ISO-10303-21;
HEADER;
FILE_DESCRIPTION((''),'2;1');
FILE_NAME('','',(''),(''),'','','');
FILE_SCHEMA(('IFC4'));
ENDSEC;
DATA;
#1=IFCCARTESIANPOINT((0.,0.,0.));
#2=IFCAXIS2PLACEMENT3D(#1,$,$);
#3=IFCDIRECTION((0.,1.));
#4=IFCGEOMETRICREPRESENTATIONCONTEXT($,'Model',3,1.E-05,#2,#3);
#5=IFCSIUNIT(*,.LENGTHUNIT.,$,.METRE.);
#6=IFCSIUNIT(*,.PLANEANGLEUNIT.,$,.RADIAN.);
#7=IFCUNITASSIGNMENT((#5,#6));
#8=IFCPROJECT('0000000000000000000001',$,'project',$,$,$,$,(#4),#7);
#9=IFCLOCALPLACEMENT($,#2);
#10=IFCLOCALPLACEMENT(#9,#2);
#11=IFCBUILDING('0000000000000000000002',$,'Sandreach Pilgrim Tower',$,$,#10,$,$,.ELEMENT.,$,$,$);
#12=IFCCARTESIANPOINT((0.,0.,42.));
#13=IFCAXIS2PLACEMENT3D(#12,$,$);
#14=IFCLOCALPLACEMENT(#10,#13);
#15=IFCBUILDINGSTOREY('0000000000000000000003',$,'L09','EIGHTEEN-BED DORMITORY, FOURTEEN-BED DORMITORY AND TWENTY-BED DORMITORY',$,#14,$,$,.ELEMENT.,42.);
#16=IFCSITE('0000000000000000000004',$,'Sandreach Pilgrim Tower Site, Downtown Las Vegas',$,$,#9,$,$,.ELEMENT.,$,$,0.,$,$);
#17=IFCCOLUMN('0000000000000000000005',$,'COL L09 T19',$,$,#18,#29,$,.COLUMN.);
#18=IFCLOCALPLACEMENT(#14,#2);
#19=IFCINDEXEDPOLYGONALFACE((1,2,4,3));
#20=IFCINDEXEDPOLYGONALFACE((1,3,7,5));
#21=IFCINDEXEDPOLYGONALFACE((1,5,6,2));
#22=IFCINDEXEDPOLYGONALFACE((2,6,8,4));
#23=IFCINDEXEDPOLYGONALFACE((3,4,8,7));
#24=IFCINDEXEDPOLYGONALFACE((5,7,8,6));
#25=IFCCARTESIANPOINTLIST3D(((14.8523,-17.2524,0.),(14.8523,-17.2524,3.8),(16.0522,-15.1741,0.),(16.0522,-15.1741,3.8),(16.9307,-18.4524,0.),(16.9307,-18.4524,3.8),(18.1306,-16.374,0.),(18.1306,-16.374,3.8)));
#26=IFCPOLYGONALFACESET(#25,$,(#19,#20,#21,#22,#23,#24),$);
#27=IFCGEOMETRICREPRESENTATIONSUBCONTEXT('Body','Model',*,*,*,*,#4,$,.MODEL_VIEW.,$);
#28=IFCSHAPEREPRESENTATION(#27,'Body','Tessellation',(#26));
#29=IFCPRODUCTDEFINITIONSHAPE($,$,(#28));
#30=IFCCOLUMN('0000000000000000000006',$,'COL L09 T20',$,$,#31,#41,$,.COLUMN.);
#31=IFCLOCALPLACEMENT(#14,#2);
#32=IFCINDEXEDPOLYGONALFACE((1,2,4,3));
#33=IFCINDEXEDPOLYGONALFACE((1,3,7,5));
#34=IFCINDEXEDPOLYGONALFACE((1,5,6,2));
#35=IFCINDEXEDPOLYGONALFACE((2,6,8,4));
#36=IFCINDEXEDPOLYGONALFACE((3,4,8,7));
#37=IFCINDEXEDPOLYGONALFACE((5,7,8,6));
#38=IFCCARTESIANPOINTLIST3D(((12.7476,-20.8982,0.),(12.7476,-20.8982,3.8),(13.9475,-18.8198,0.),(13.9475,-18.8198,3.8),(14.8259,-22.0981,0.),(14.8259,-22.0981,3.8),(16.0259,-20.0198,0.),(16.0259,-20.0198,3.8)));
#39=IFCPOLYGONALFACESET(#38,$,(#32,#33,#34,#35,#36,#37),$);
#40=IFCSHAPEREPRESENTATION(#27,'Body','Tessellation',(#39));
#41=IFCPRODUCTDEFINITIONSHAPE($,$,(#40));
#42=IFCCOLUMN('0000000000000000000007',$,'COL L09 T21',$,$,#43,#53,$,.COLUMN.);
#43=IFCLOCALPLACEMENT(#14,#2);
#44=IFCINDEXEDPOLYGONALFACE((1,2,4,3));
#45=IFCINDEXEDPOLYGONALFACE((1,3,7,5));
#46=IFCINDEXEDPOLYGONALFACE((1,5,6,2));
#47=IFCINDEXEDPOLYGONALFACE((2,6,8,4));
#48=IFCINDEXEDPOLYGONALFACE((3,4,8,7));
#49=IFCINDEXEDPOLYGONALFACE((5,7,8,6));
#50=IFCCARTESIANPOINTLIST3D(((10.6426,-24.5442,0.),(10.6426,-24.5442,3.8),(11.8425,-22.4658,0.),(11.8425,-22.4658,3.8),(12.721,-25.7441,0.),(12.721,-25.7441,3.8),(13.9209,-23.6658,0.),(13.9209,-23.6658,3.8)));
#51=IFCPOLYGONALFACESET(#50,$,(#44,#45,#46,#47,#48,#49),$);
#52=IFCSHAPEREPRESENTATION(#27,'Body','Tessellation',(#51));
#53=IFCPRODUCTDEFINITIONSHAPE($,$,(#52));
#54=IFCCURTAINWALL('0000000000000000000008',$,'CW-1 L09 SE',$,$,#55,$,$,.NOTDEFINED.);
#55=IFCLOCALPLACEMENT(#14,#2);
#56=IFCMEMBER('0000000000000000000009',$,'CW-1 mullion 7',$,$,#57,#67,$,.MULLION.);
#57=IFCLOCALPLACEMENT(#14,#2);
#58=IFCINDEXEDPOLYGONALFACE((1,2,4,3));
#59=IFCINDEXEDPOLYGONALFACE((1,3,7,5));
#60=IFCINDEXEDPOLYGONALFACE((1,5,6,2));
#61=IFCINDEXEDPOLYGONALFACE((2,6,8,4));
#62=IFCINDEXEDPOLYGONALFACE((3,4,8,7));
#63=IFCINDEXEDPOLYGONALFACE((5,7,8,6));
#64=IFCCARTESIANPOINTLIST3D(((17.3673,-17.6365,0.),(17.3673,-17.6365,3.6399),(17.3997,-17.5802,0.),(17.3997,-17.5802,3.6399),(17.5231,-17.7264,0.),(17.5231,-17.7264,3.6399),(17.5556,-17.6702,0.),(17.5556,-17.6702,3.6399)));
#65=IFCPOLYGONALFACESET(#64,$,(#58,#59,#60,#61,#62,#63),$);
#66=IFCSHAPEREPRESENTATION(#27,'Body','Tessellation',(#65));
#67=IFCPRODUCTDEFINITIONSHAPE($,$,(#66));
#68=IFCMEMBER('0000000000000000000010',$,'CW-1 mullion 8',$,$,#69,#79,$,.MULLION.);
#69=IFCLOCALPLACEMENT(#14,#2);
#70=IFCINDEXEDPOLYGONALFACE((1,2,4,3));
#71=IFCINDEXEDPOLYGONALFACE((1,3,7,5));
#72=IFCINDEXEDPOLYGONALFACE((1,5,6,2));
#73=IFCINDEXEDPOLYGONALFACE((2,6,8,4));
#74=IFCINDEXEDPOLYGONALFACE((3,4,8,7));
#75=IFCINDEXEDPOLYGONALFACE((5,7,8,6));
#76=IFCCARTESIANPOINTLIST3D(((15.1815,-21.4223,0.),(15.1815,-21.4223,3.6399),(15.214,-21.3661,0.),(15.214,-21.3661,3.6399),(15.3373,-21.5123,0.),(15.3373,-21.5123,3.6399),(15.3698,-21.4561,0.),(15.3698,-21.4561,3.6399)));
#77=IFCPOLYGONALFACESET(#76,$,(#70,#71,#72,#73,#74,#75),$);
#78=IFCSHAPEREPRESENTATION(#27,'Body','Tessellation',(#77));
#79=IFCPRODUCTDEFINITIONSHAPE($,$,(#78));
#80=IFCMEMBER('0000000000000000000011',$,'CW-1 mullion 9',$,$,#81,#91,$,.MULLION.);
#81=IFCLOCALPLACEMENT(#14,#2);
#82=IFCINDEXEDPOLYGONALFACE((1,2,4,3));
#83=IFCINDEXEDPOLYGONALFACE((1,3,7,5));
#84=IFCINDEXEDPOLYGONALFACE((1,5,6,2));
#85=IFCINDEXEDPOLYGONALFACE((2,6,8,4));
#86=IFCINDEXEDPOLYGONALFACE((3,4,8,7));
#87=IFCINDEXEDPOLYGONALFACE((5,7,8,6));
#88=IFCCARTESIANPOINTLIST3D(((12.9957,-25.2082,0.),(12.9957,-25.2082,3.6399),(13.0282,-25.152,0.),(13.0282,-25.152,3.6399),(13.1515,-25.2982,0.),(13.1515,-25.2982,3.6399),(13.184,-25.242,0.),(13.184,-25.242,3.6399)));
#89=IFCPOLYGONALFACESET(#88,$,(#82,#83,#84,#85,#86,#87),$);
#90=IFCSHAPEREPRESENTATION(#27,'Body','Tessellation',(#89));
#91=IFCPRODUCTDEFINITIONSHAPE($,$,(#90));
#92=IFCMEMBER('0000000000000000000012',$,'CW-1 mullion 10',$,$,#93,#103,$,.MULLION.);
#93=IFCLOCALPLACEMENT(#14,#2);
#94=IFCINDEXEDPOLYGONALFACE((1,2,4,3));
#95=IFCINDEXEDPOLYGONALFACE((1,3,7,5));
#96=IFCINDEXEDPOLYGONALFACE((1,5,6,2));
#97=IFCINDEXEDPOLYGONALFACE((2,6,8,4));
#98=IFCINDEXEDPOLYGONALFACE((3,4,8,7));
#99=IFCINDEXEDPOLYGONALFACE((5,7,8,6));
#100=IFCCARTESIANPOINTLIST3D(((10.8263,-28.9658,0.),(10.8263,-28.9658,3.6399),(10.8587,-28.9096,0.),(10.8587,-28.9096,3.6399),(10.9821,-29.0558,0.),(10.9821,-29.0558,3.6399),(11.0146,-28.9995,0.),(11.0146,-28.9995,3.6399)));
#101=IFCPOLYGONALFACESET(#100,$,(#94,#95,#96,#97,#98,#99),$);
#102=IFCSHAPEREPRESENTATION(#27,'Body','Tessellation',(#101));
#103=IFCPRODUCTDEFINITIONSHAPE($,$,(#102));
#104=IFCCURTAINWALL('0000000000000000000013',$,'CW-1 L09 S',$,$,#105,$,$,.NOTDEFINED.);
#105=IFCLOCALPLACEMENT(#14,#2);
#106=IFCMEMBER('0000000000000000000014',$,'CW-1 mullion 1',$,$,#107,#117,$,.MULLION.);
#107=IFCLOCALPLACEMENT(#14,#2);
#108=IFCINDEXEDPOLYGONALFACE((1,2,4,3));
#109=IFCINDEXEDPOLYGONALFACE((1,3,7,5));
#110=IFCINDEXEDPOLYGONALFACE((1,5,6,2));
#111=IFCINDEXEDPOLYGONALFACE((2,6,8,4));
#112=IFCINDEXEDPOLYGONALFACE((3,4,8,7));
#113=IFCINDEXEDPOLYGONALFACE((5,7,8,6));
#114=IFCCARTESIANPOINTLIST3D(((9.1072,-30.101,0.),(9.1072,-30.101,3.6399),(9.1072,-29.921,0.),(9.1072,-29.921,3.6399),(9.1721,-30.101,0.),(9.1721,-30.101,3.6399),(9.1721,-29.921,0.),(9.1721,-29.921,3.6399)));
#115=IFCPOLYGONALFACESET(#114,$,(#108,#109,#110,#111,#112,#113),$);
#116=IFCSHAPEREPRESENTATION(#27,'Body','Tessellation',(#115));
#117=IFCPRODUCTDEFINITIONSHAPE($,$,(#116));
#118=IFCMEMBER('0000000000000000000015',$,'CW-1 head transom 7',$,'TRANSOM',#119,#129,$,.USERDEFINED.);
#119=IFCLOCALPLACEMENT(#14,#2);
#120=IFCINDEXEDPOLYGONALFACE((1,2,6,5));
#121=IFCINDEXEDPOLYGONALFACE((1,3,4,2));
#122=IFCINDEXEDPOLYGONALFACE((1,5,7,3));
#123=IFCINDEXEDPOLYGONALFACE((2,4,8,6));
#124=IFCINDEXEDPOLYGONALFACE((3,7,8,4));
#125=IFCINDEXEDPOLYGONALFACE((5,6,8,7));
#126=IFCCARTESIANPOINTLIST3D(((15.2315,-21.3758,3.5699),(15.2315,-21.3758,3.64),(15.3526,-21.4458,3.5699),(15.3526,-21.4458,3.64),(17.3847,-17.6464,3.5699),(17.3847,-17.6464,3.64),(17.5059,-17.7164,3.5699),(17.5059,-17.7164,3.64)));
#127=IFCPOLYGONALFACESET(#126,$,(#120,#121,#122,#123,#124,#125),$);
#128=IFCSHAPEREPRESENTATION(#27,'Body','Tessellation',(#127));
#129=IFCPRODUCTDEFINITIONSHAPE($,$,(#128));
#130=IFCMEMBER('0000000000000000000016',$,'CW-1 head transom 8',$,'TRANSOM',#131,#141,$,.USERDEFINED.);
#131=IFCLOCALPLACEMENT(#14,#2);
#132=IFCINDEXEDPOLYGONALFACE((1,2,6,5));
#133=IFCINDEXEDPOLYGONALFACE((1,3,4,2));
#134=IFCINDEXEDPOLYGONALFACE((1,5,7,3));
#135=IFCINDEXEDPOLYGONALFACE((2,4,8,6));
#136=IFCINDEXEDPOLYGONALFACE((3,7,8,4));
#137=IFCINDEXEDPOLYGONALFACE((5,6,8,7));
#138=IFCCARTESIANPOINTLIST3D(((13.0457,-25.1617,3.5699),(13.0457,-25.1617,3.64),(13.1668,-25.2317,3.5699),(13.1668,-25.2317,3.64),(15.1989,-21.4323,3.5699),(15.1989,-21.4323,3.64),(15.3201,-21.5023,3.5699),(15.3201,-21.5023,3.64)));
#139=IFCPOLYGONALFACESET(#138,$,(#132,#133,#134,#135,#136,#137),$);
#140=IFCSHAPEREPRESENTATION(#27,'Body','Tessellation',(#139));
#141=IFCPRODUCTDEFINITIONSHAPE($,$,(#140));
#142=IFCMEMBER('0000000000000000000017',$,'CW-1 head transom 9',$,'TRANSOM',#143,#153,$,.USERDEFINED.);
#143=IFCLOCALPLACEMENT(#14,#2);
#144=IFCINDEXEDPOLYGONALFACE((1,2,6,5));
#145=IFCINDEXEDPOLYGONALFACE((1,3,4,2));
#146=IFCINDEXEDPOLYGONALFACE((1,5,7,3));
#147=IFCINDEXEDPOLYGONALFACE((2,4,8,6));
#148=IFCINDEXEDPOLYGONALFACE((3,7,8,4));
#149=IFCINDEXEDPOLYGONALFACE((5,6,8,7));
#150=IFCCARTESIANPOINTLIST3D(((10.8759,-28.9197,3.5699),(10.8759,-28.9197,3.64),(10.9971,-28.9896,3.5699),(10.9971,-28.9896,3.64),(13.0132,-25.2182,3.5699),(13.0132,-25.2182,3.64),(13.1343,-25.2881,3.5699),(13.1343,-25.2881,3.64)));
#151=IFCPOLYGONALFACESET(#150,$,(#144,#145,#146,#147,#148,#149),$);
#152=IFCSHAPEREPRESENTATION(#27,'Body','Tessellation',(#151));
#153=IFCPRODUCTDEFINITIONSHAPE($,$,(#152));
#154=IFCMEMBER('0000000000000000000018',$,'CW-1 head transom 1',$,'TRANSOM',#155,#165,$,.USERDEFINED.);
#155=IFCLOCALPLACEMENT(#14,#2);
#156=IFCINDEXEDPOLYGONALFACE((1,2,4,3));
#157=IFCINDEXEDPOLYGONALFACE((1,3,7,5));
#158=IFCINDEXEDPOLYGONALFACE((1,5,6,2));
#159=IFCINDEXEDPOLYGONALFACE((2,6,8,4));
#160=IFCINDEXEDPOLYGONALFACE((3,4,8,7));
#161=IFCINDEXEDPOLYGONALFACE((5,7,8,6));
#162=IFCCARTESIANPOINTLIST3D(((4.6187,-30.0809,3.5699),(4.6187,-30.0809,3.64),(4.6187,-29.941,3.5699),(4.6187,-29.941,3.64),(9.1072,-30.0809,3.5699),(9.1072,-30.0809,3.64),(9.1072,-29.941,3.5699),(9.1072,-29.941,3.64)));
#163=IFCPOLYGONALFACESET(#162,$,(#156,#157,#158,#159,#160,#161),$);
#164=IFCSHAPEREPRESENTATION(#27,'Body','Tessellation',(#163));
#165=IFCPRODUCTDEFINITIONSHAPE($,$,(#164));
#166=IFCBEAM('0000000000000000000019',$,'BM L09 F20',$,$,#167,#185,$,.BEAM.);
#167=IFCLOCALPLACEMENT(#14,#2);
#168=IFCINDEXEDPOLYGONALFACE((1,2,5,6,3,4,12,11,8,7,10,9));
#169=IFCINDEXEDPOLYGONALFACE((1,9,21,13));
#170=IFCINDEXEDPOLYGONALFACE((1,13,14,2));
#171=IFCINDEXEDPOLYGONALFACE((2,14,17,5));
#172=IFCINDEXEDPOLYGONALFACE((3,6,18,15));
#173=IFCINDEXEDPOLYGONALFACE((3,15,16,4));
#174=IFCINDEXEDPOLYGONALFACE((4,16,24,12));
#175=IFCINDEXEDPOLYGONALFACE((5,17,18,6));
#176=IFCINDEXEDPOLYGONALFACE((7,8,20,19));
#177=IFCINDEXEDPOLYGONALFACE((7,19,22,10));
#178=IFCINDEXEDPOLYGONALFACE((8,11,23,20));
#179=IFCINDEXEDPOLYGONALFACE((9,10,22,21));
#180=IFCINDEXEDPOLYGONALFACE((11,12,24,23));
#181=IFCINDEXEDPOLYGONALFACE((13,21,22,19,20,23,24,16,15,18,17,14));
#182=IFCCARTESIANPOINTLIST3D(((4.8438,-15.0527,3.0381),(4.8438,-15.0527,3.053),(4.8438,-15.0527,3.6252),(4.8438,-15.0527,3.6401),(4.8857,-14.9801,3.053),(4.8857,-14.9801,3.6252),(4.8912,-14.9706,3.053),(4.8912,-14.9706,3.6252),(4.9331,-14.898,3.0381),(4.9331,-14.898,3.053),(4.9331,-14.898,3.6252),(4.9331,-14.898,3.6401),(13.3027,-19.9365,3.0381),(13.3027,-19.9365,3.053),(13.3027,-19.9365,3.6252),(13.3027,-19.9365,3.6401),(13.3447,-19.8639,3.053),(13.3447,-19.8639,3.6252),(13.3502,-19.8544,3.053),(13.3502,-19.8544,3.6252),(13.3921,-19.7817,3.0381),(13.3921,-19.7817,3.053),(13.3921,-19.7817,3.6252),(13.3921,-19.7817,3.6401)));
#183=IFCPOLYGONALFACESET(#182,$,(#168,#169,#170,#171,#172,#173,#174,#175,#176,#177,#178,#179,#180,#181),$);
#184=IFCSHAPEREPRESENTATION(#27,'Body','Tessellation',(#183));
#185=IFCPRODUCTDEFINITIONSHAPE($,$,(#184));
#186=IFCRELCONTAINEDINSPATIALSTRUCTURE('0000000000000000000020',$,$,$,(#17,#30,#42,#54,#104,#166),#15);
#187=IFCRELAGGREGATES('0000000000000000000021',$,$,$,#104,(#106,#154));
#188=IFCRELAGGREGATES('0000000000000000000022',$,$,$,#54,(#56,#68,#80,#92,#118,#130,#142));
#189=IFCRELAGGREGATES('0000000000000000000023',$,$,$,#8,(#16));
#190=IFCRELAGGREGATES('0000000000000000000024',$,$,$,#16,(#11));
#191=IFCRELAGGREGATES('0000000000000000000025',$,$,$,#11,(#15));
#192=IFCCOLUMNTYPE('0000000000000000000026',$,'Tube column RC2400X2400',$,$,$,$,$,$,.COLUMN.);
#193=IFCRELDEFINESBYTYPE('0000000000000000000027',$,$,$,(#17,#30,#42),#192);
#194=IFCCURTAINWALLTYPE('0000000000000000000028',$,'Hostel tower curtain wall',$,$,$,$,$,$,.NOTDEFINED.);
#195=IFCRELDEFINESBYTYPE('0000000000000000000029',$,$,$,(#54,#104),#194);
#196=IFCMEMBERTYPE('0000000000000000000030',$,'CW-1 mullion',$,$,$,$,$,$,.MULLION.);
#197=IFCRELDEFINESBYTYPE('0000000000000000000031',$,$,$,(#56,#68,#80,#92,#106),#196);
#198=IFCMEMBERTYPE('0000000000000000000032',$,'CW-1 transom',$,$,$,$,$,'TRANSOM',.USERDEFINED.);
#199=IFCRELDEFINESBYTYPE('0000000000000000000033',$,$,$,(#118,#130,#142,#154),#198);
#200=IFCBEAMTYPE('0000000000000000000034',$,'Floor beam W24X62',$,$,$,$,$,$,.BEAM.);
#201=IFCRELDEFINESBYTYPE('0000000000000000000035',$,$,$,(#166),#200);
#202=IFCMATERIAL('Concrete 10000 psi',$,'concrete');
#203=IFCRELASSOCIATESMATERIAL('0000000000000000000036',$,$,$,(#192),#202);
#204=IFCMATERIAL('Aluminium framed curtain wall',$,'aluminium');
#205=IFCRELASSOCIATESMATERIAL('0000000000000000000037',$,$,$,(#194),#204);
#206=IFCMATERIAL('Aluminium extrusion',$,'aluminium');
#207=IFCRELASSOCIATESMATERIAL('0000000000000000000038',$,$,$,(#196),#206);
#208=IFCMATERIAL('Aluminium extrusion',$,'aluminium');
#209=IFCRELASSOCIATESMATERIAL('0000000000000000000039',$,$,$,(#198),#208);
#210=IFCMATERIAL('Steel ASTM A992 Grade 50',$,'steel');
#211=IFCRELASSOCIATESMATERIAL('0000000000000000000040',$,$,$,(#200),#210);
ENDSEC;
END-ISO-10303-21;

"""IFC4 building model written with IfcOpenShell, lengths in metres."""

from ifc_helpers import new_model, si_unit, direction, frame, origin, origin_2d, place, context, subcontext, project, spatial, rectangle, i_section, extrude, material, material_profile, profile_set, type_object, element, aggregate, save


model = new_model("IFC4")

# Units and contexts
model_context = context("Model", 3, precision=1e-05, world=origin(), true_north=direction((0.0, 1.0)))
body_context = subcontext(model_context, "Body", "Model", "MODEL_VIEW")
ifc_project = project(units=[si_unit("LENGTHUNIT", "METRE"), si_unit("PLANEANGLEUNIT", "RADIAN")], contexts=[model_context])

# Site, building, storey
site_placement = place(None, origin())
site = spatial("IfcSite", under=ifc_project, at=site_placement, Name="Sandreach Pilgrim Tower Site, Downtown Las Vegas", CompositionType="ELEMENT", RefElevation=0.0)
building_placement = place(site_placement, origin())
building = spatial("IfcBuilding", under=site, at=building_placement, Name="Sandreach Pilgrim Tower", CompositionType="ELEMENT")
storey_placement = place(building_placement, frame((0.0, 0.0, 42.0)))
storey = spatial("IfcBuildingStorey", under=building, at=storey_placement, Name="L09", Description="EIGHTEEN-BED DORMITORY, FOURTEEN-BED DORMITORY AND TWENTY-BED DORMITORY", CompositionType="ELEMENT", Elevation=42.0)

# Columns
ifc_material_1 = material(Name="Concrete 10000 psi", Category="concrete")
ifc_material_profile_1 = material_profile(ifc_material_1, rectangle(XDim=2.3999, YDim=2.3999, at=origin_2d()), Name="RC2400X2400")
ifc_profile_set_1 = profile_set([ifc_material_profile_1], Name="Concrete 10000 psi")
column_type = type_object("IfcColumnType", Name="Tube column RC2400X2400", PredefinedType="COLUMN", material=ifc_profile_set_1)
for number, where, z_axis, x_axis, name in (
    (1, (16.4915, -16.8132, 0.0), (0.0, 0.0, 1.0), (0.866025, -0.5, 0.0), "COL L09 T19"),
    (2, (14.3867, -20.459, 0.0), (0.0, 0.0, 1.0), (0.866025, -0.5, 0.0), "COL L09 T20"),
    (3, (12.2817, -24.105, 0.0), (0.0, 0.0, 1.0), (0.866025, -0.5, 0.0), "COL L09 T21"),
):
    element("IfcColumn", number, at=place(storey_placement, frame(where, z_axis=z_axis, x_axis=x_axis)), inside=storey, type_object=column_type, Name=name, PredefinedType="COLUMN", context=body_context, shape_type="SweptSolid", body=[
        extrude(rectangle(XDim=2.3999, YDim=2.3999, at=origin_2d()), origin(), (0.0, 0.0, 1.0), 3.8),
    ])

# Curtain wall, members
ifc_material_2 = material(Name="Aluminium framed curtain wall", Category="aluminium")
curtain_wall_type = type_object("IfcCurtainWallType", Name="Hostel tower curtain wall", PredefinedType="NOTDEFINED", material=ifc_material_2)
curtain_wall_1_placement = place(storey_placement, origin())
curtain_wall_1 = element("IfcCurtainWall", 4, at=curtain_wall_1_placement, inside=storey, type_object=curtain_wall_type, Name="CW-1 L09 SE", PredefinedType="NOTDEFINED")
ifc_material_3 = material(Name="Aluminium extrusion", Category="aluminium")
ifc_material_profile_2 = material_profile(ifc_material_3, rectangle(XDim=0.0649, YDim=0.1799, at=origin_2d()), Name="CW-1M 65X180")
ifc_profile_set_2 = profile_set([ifc_material_profile_2], Name="Aluminium extrusion")
member_type_1 = type_object("IfcMemberType", Name="CW-1 mullion", PredefinedType="MULLION", material=ifc_profile_set_2)
member_1_placement = place(storey_placement, frame((17.4614, -17.6533, 0.0), z_axis=(0.0, 0.0, 1.0), x_axis=(-0.5, -0.866025, 0.0)))
member_1 = element("IfcMember", 5, at=member_1_placement, type_object=member_type_1, Name="CW-1 mullion 7", PredefinedType="MULLION", context=body_context, shape_type="SweptSolid", body=[
    extrude(rectangle(XDim=0.0649, YDim=0.1799, at=origin_2d()), origin(), (0.0, 0.0, 1.0), 3.6399),
])
member_2_placement = place(storey_placement, frame((15.2756, -21.4392, 0.0), z_axis=(0.0, 0.0, 1.0), x_axis=(-0.5, -0.866025, 0.0)))
member_2 = element("IfcMember", 6, at=member_2_placement, type_object=member_type_1, Name="CW-1 mullion 8", PredefinedType="MULLION", context=body_context, shape_type="SweptSolid", body=[
    extrude(rectangle(XDim=0.0649, YDim=0.1799, at=origin_2d()), origin(), (0.0, 0.0, 1.0), 3.6399),
])
member_3_placement = place(storey_placement, frame((13.0898, -25.2251, 0.0), z_axis=(0.0, 0.0, 1.0), x_axis=(-0.5, -0.866025, 0.0)))
member_3 = element("IfcMember", 7, at=member_3_placement, type_object=member_type_1, Name="CW-1 mullion 9", PredefinedType="MULLION", context=body_context, shape_type="SweptSolid", body=[
    extrude(rectangle(XDim=0.0649, YDim=0.1799, at=origin_2d()), origin(), (0.0, 0.0, 1.0), 3.6399),
])
member_4_placement = place(storey_placement, frame((10.9204, -28.9827, 0.0), z_axis=(0.0, 0.0, 1.0), x_axis=(-0.5, -0.866025, 0.0)))
member_4 = element("IfcMember", 8, at=member_4_placement, type_object=member_type_1, Name="CW-1 mullion 10", PredefinedType="MULLION", context=body_context, shape_type="SweptSolid", body=[
    extrude(rectangle(XDim=0.0649, YDim=0.1799, at=origin_2d()), origin(), (0.0, 0.0, 1.0), 3.6399),
])

# Curtain wall, member
curtain_wall_2_placement = place(storey_placement, origin())
curtain_wall_2 = element("IfcCurtainWall", 9, at=curtain_wall_2_placement, inside=storey, type_object=curtain_wall_type, Name="CW-1 L09 S", PredefinedType="NOTDEFINED")
member_5_placement = place(storey_placement, frame((9.1396, -30.011, 0.0), z_axis=(0.0, 0.0, 1.0), x_axis=(-1.0, 0.0, 0.0)))
member_5 = element("IfcMember", 10, at=member_5_placement, type_object=member_type_1, Name="CW-1 mullion 1", PredefinedType="MULLION", context=body_context, shape_type="SweptSolid", body=[
    extrude(rectangle(XDim=0.0649, YDim=0.1799, at=origin_2d()), origin(), (0.0, 0.0, 1.0), 3.6399),
])

# Members
ifc_material_4 = material(Name="Aluminium extrusion", Category="aluminium")
ifc_material_profile_3 = material_profile(ifc_material_4, rectangle(XDim=0.1399, YDim=0.0701, at=origin_2d()), Name="CW-1T 140X70")
ifc_profile_set_3 = profile_set([ifc_material_profile_3], Name="Aluminium extrusion")
member_type_2 = type_object("IfcMemberType", Name="CW-1 transom", ElementType="TRANSOM", PredefinedType="USERDEFINED", material=ifc_profile_set_3)
member_6_placement = place(storey_placement, frame((17.4453, -17.6814, 3.605), z_axis=(-0.500017, -0.866016, 0.0), x_axis=(0.866016, -0.500017, 0.0)))
member_6 = element("IfcMember", 11, at=member_6_placement, type_object=member_type_2, Name="CW-1 head transom 7", ObjectType="TRANSOM", PredefinedType="USERDEFINED", context=body_context, shape_type="SweptSolid", body=[
    extrude(rectangle(XDim=0.1399, YDim=0.0701, at=origin_2d()), origin(), (0.0, 0.0, 1.0), 4.3064),
])
member_7_placement = place(storey_placement, frame((15.2595, -21.4673, 3.605), z_axis=(-0.500017, -0.866016, 0.0), x_axis=(0.866016, -0.500017, 0.0)))
member_7 = element("IfcMember", 12, at=member_7_placement, type_object=member_type_2, Name="CW-1 head transom 8", ObjectType="TRANSOM", PredefinedType="USERDEFINED", context=body_context, shape_type="SweptSolid", body=[
    extrude(rectangle(XDim=0.1399, YDim=0.0701, at=origin_2d()), origin(), (0.0, 0.0, 1.0), 4.3064),
])
member_8_placement = place(storey_placement, frame((13.0737, -25.2532, 3.605), z_axis=(-0.500034, -0.866006, 0.0), x_axis=(0.866006, -0.500034, 0.0)))
member_8 = element("IfcMember", 13, at=member_8_placement, type_object=member_type_2, Name="CW-1 head transom 9", ObjectType="TRANSOM", PredefinedType="USERDEFINED", context=body_context, shape_type="SweptSolid", body=[
    extrude(rectangle(XDim=0.1399, YDim=0.0701, at=origin_2d()), origin(), (0.0, 0.0, 1.0), 4.2742),
])
member_9_placement = place(storey_placement, frame((9.1072, -30.011, 3.605), z_axis=(-1.0, 0.0, 0.0), x_axis=(0.0, -1.0, 0.0)))
member_9 = element("IfcMember", 14, at=member_9_placement, type_object=member_type_2, Name="CW-1 head transom 1", ObjectType="TRANSOM", PredefinedType="USERDEFINED", context=body_context, shape_type="SweptSolid", body=[
    extrude(rectangle(XDim=0.1399, YDim=0.0701, at=origin_2d()), origin(), (0.0, 0.0, 1.0), 4.4885),
])
aggregate(curtain_wall_2, [member_5, member_9])

# Beam
ifc_material_5 = material(Name="Steel ASTM A992 Grade 50", Category="steel")
ifc_material_profile_4 = material_profile(ifc_material_5, i_section(OverallWidth=0.1787, OverallDepth=0.6021, WebThickness=0.011, FlangeThickness=0.0149, at=origin_2d()), Name="W24X62")
ifc_profile_set_4 = profile_set([ifc_material_profile_4], Name="Steel ASTM A992 Grade 50")
beam_type_1 = type_object("IfcBeamType", Name="Floor beam W24X62", PredefinedType="BEAM", material=ifc_profile_set_4)
beam_1_placement = place(storey_placement, frame((13.3474, -19.8591, 3.3391), z_axis=(-0.866026, 0.499999, 0.0), x_axis=(-0.499999, -0.866026, 0.0)))
element("IfcBeam", 15, at=beam_1_placement, inside=storey, type_object=beam_type_1, Name="BM L09 F20", PredefinedType="BEAM", context=body_context, shape_type="SweptSolid", body=[
    extrude(i_section(OverallWidth=0.1787, OverallDepth=0.6021, WebThickness=0.011, FlangeThickness=0.0149, at=origin_2d()), origin(), (0.0, 0.0, 1.0), 9.7676),
])

aggregate(curtain_wall_1, [member_1, member_2, member_3, member_4, member_6, member_7, member_8])

save(model, "model.ifc")
